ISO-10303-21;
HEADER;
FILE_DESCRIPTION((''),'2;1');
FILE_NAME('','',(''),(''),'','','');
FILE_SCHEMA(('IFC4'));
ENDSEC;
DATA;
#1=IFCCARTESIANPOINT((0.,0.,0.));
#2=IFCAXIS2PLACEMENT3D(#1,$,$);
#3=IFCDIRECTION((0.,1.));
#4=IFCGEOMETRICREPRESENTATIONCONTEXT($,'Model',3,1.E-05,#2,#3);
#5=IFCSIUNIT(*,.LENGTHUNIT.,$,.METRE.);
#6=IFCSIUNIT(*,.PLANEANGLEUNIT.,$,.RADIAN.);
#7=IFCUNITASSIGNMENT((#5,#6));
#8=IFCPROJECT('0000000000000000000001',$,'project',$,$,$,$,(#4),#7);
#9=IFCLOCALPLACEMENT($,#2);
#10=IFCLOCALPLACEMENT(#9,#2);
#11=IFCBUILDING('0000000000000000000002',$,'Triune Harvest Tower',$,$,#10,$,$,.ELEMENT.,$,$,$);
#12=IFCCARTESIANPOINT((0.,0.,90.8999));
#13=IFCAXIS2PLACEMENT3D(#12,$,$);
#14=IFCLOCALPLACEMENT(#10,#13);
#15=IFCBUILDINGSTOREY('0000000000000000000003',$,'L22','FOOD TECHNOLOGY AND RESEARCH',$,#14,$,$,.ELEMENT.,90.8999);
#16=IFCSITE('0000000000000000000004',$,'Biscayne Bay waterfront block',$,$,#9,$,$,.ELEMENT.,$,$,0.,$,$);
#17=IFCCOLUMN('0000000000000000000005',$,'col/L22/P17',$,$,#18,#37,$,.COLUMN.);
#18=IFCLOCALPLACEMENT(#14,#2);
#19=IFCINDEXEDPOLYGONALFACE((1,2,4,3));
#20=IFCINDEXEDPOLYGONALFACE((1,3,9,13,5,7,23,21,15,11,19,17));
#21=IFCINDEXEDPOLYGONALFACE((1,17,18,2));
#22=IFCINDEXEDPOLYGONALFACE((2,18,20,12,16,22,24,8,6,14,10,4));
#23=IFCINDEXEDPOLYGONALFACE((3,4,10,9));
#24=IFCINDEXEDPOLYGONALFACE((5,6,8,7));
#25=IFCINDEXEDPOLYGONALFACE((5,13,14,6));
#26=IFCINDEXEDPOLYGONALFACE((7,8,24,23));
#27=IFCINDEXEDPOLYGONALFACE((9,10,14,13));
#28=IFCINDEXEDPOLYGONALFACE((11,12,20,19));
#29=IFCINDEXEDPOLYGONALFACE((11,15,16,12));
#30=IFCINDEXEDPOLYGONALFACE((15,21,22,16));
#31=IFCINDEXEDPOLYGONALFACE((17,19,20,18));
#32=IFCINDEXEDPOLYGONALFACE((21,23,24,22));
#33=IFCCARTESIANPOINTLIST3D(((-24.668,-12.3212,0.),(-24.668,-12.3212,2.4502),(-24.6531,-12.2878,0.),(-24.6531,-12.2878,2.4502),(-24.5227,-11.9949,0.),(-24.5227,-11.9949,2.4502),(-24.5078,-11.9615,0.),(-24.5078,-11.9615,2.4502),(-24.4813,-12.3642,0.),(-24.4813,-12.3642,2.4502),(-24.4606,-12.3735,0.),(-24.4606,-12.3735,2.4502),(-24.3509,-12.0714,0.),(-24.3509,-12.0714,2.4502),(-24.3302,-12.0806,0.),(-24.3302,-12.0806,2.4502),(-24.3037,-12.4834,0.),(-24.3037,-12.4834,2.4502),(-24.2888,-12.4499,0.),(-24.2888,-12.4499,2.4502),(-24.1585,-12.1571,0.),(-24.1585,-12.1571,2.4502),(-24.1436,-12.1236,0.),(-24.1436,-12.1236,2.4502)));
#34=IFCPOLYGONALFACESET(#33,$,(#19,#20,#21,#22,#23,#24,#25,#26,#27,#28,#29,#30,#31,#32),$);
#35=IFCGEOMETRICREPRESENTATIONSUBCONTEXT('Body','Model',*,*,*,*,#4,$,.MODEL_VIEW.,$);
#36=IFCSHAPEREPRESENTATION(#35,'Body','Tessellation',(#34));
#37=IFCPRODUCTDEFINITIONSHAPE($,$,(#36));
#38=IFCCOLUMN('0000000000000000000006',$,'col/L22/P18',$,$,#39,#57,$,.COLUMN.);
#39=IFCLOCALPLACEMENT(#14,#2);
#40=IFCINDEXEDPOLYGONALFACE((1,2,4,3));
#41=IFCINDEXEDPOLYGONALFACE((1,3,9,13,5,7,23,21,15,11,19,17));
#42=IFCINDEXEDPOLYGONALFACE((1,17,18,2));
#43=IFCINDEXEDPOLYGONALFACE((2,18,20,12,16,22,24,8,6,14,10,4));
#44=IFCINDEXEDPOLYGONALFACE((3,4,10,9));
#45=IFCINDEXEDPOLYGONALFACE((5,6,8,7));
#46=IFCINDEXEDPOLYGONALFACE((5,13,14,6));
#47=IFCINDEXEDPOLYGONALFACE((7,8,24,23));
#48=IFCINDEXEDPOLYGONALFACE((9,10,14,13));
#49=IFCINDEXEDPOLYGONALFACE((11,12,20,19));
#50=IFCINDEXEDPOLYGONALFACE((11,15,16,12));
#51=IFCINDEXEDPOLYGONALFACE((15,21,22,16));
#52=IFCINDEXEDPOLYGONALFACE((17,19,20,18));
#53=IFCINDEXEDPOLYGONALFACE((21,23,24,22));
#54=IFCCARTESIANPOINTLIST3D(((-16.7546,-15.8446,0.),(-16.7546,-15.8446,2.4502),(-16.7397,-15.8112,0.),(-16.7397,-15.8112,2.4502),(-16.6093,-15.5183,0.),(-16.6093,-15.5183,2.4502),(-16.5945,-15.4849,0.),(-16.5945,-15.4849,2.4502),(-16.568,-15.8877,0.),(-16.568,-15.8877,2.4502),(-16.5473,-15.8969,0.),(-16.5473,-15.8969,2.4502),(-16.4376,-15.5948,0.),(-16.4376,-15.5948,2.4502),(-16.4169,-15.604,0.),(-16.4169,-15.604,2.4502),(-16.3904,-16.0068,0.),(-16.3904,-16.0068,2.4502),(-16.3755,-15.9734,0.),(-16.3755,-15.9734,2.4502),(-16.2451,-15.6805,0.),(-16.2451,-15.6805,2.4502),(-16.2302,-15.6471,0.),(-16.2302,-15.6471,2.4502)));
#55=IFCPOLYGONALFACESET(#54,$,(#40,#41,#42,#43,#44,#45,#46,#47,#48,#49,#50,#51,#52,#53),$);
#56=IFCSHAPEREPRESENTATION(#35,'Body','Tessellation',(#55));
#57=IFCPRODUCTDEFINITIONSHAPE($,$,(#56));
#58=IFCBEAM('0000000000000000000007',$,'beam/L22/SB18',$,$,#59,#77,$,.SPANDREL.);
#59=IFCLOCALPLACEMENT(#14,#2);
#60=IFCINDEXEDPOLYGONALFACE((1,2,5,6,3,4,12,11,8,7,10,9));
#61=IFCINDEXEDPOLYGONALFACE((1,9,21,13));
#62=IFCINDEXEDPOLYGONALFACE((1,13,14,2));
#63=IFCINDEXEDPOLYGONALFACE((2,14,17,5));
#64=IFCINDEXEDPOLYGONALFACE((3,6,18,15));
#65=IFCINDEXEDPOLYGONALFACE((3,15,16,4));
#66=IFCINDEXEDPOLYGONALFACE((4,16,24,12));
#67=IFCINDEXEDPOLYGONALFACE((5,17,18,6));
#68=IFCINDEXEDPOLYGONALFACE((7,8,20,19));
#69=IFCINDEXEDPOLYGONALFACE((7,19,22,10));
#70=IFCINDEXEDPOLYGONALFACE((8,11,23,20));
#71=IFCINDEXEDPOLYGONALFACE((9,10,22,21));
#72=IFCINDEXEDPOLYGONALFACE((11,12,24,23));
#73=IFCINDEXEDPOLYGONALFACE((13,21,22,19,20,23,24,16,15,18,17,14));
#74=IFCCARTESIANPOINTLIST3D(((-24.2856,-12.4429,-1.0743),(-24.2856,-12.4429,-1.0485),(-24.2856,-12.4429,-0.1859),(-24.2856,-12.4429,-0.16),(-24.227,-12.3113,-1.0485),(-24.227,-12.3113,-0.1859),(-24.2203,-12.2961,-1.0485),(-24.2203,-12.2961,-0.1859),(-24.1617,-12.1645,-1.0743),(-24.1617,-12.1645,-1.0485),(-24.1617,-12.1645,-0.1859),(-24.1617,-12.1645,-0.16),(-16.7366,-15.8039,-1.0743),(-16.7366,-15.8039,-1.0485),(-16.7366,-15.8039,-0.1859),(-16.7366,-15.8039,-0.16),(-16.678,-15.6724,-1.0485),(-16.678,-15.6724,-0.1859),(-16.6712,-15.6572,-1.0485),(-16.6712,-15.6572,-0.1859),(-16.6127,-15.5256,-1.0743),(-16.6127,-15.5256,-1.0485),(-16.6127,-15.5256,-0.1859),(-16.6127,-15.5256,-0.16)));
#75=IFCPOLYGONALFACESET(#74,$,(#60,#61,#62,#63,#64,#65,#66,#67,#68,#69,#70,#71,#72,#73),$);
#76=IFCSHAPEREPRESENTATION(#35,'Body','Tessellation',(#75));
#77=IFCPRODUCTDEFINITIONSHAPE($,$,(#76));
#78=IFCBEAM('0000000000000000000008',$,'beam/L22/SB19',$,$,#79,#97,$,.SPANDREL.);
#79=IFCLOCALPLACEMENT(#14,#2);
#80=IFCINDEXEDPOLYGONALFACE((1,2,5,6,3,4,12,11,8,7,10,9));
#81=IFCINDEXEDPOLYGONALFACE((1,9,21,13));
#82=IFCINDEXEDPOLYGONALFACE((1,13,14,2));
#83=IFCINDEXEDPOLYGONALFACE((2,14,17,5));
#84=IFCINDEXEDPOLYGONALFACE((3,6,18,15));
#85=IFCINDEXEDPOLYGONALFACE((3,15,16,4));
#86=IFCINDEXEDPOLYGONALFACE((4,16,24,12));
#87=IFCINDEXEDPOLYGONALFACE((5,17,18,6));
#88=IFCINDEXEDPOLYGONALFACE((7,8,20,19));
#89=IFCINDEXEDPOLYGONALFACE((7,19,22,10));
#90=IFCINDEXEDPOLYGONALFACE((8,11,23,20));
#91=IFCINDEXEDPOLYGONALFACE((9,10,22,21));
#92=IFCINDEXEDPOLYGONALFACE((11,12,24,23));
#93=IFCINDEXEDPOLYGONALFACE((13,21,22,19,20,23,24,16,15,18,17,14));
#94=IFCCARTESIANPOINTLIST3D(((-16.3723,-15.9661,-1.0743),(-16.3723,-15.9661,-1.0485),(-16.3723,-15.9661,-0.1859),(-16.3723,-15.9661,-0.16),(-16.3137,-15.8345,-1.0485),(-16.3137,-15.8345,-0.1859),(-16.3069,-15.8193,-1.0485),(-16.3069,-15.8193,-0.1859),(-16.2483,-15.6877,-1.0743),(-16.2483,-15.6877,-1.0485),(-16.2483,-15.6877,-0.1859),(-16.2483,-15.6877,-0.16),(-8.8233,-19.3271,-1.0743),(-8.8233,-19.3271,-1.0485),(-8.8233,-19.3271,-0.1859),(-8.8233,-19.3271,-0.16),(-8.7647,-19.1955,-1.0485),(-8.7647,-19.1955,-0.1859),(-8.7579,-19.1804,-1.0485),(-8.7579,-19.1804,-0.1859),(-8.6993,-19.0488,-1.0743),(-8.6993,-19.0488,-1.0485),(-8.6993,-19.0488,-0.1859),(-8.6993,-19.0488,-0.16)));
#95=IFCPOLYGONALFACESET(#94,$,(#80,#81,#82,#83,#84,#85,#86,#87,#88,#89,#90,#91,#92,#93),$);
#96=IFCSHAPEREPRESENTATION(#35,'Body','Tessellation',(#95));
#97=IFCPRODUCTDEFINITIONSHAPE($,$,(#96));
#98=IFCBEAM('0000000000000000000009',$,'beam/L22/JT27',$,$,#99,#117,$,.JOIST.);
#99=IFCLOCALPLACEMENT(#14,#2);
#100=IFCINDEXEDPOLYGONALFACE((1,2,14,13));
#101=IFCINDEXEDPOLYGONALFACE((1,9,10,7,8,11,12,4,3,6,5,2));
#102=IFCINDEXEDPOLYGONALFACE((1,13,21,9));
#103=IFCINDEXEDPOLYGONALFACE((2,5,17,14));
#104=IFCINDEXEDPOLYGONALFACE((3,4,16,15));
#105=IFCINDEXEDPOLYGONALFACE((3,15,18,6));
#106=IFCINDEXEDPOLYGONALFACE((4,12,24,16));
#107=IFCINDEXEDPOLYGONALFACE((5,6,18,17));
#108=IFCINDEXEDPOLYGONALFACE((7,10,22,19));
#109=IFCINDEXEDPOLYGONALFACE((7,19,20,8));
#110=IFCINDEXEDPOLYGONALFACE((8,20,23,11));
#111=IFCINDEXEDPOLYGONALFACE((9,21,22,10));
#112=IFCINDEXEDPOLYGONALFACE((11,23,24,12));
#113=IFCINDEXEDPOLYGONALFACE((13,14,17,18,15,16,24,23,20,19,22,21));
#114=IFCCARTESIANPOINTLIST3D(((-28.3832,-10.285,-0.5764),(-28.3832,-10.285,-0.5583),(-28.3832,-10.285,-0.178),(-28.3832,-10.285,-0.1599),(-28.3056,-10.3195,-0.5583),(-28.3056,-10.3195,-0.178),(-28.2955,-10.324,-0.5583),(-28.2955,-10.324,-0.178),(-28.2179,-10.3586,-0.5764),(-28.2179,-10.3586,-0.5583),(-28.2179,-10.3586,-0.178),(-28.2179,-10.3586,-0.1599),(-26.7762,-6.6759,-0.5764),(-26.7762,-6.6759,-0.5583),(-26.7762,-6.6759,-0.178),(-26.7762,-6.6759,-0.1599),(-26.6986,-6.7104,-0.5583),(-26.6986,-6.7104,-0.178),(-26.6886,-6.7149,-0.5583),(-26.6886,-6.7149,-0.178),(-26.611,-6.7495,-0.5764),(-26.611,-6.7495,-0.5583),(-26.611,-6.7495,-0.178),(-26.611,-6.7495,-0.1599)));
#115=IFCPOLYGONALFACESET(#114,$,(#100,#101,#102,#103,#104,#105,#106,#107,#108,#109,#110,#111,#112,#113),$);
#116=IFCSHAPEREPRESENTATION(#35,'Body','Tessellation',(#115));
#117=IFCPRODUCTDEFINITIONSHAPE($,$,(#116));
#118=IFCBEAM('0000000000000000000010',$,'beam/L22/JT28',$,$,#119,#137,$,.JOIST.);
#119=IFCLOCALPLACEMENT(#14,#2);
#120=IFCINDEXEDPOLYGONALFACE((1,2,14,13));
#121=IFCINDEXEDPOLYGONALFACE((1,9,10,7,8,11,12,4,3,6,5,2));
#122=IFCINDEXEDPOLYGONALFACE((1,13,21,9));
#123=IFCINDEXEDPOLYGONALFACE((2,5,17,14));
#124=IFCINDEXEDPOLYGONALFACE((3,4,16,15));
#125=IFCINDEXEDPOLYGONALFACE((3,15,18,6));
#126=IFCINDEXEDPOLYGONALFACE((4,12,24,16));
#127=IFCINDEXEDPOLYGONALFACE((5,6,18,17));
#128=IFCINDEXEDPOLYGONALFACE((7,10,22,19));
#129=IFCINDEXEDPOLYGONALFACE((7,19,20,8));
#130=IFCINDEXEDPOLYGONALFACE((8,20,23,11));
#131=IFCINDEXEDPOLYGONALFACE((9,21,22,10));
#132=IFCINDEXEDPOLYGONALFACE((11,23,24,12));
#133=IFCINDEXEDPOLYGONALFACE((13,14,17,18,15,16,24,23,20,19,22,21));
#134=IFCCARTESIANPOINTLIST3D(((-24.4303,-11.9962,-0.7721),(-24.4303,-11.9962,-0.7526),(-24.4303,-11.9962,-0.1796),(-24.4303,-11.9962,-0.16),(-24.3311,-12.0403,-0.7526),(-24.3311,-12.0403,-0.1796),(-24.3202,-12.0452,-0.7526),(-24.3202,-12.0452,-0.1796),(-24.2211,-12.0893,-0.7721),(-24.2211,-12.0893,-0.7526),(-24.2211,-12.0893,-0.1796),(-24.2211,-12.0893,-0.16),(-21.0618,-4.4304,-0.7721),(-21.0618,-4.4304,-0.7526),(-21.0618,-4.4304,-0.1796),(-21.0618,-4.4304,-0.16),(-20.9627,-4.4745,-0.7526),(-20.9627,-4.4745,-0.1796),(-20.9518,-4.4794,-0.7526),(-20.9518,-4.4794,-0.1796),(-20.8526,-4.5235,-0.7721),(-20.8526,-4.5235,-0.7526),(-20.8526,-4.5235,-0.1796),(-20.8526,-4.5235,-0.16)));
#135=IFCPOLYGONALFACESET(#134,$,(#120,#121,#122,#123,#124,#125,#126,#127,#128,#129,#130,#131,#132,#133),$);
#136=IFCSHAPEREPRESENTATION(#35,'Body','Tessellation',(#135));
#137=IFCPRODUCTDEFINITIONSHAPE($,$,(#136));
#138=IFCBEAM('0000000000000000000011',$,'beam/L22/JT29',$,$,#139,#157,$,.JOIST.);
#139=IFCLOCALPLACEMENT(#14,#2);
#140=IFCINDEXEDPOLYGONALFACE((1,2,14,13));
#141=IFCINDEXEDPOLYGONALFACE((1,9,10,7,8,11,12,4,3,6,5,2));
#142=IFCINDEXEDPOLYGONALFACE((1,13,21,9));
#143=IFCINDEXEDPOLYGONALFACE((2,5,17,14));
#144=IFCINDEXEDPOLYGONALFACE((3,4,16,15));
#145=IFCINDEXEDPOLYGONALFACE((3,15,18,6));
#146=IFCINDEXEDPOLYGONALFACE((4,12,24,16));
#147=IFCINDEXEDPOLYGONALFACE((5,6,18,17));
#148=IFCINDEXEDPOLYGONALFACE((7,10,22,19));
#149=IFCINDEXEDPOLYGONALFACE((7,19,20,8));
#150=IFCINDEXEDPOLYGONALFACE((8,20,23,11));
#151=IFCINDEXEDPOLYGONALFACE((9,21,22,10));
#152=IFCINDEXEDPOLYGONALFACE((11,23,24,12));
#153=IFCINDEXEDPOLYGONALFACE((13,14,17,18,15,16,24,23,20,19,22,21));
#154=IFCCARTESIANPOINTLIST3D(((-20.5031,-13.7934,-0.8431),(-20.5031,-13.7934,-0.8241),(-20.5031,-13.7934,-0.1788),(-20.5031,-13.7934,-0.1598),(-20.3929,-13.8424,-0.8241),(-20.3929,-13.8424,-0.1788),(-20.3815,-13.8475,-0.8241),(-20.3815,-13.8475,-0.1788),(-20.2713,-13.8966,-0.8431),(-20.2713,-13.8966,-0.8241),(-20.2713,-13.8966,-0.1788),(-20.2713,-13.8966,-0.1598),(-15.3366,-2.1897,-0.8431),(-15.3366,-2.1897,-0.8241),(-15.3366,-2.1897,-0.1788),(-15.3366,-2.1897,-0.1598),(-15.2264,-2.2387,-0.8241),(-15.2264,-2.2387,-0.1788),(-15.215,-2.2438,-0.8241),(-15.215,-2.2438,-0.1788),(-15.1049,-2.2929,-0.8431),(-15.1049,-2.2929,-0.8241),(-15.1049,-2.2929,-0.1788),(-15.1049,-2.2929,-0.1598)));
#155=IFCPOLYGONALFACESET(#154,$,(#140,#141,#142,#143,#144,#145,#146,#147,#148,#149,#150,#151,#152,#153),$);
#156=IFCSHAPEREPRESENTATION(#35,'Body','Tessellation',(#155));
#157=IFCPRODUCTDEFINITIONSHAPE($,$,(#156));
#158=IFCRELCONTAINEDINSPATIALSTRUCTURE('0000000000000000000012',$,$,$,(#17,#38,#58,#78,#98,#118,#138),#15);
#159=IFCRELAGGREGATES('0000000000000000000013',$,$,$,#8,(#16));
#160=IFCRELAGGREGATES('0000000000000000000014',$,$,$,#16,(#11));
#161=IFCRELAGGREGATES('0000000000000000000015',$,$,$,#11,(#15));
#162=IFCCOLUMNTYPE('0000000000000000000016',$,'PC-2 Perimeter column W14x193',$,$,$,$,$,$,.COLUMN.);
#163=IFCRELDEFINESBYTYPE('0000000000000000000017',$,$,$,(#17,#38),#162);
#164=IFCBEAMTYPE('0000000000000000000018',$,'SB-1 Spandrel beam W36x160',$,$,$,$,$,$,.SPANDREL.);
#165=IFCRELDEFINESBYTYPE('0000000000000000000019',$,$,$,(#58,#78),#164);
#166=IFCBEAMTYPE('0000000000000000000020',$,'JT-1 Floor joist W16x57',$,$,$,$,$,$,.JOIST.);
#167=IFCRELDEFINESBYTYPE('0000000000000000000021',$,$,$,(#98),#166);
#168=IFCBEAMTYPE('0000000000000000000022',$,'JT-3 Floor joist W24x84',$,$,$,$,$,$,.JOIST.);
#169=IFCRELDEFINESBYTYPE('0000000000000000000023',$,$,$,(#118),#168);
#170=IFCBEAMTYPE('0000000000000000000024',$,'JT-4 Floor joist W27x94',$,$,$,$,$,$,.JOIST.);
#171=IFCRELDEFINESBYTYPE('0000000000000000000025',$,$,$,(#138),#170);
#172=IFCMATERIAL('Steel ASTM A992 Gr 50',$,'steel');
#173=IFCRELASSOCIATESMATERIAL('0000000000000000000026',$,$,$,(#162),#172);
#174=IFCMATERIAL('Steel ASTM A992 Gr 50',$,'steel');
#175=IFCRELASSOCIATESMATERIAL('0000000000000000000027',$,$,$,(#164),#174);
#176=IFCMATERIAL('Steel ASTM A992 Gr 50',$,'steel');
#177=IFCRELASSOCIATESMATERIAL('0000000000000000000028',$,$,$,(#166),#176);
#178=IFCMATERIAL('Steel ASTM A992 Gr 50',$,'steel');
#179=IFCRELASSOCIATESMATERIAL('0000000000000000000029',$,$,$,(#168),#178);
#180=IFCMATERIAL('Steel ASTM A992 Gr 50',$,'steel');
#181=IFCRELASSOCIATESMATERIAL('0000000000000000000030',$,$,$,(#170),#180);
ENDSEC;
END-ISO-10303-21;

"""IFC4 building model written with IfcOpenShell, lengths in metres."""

from ifc_helpers import new_model, si_unit, direction, frame, origin, origin_2d, place, context, subcontext, project, spatial, i_section, extrude, source, transform, mapped, material, material_profile, profile_set, type_object, element, save


model = new_model("IFC4")

# Units and contexts
model_context = context("Model", 3, precision=1e-05, world=origin(), true_north=direction((0.0, 1.0)))
body_context = subcontext(model_context, "Body", "Model", "MODEL_VIEW")
ifc_project = project(units=[si_unit("LENGTHUNIT", "METRE"), si_unit("PLANEANGLEUNIT", "RADIAN")], contexts=[model_context])

# Site, building, storey
site_placement = place(None, origin())
site = spatial("IfcSite", under=ifc_project, at=site_placement, Name="Biscayne Bay waterfront block", CompositionType="ELEMENT", RefElevation=0.0)
building_placement = place(site_placement, origin())
building = spatial("IfcBuilding", under=site, at=building_placement, Name="Triune Harvest Tower", CompositionType="ELEMENT")
storey_placement = place(building_placement, frame((0.0, 0.0, 90.8999)))
storey = spatial("IfcBuildingStorey", under=building, at=storey_placement, Name="L22", Description="FOOD TECHNOLOGY AND RESEARCH", CompositionType="ELEMENT", Elevation=90.8999)

# Columns
ifc_material_1 = material(Name="Steel ASTM A992 Gr 50", Category="steel")
ifc_material_profile_1 = material_profile(ifc_material_1, i_section(OverallWidth=0.3987, OverallDepth=0.3938, WebThickness=0.0227, FlangeThickness=0.0366, at=origin_2d()), Name="W14x193")
ifc_profile_set_1 = profile_set([ifc_material_profile_1], Name="Steel ASTM A992 Gr 50")
column_type = type_object("IfcColumnType", Name="PC-2 Perimeter column W14x193", PredefinedType="COLUMN", material=ifc_profile_set_1)
shared_shape_1 = source(origin(), body_context, "Body", "SweptSolid", [
    extrude(i_section(OverallWidth=0.3987, OverallDepth=0.3938, WebThickness=0.0227, FlangeThickness=0.0366, at=origin_2d()), origin(), (0.0, 0.0, 1.0), 2.4502),
])
for number, where, z_axis, x_axis, name in (
    (1, (-24.4058, -12.2224, 0.0), (0.0, 0.0, 1.0), (0.913545, -0.406737, 0.0), "col/L22/P17"),
    (2, (-16.4924, -15.7458, 0.0), (0.0, 0.0, 1.0), (0.913545, -0.406737, 0.0), "col/L22/P18"),
):
    element("IfcColumn", number, at=place(storey_placement, frame(where, z_axis=z_axis, x_axis=x_axis)), inside=storey, type_object=column_type, Name=name, PredefinedType="COLUMN", context=body_context, shape_type="MappedRepresentation", body=[
        mapped(shared_shape_1, transform((0.0, 0.0, 0.0), scale=1.0)),
    ])

# Beams
ifc_material_2 = material(Name="Steel ASTM A992 Gr 50", Category="steel")
ifc_material_profile_2 = material_profile(ifc_material_2, i_section(OverallWidth=0.3047, OverallDepth=0.9143, WebThickness=0.0166, FlangeThickness=0.0259, at=origin_2d()), Name="W36x160")
ifc_profile_set_2 = profile_set([ifc_material_profile_2], Name="Steel ASTM A992 Gr 50")
beam_type_1 = type_object("IfcBeamType", Name="SB-1 Spandrel beam W36x160", PredefinedType="SPANDREL", material=ifc_profile_set_2)
shared_shape_2 = source(origin(), body_context, "Body", "SweptSolid", [
    extrude(i_section(OverallWidth=0.3047, OverallDepth=0.9143, WebThickness=0.0166, FlangeThickness=0.0259, at=origin_2d()), origin(), (0.0, 0.0, 1.0), 8.2634),
])
for number, where, z_axis, x_axis, name in (
    (3, (-24.2236, -12.3037, -0.6172), (0.913545, -0.406739, 0.0), (0.406739, 0.913545, 0.0), "beam/L22/SB18"),
    (4, (-16.3103, -15.8269, -0.6172), (0.913545, -0.406739, 0.0), (0.406739, 0.913545, 0.0), "beam/L22/SB19"),
):
    element("IfcBeam", number, at=place(storey_placement, frame(where, z_axis=z_axis, x_axis=x_axis)), inside=storey, type_object=beam_type_1, Name=name, PredefinedType="SPANDREL", context=body_context, shape_type="MappedRepresentation", body=[
        mapped(shared_shape_2, transform((0.0, 0.0, 0.0), scale=1.0)),
    ])
ifc_material_3 = material(Name="Steel ASTM A992 Gr 50", Category="steel")
ifc_material_profile_3 = material_profile(ifc_material_3, i_section(OverallWidth=0.1809, OverallDepth=0.4165, WebThickness=0.011, FlangeThickness=0.0181, at=origin_2d()), Name="W16x57")
ifc_profile_set_3 = profile_set([ifc_material_profile_3], Name="Steel ASTM A992 Gr 50")
beam_type_2 = type_object("IfcBeamType", Name="JT-1 Floor joist W16x57", PredefinedType="JOIST", material=ifc_profile_set_3)
shared_shape_3 = source(origin(), body_context, "Body", "SweptSolid", [
    extrude(i_section(OverallWidth=0.1809, OverallDepth=0.4165, WebThickness=0.011, FlangeThickness=0.0181, at=origin_2d()), origin(), (0.0, 0.0, 1.0), 3.9507),
])
beam_1_placement = place(storey_placement, frame((-28.3005, -10.3218, -0.3682), z_axis=(0.406746, 0.913541, 0.0), x_axis=(-0.913541, 0.406746, 0.0)))
element("IfcBeam", 5, at=beam_1_placement, inside=storey, type_object=beam_type_2, Name="beam/L22/JT27", PredefinedType="JOIST", context=body_context, shape_type="MappedRepresentation", body=[
    mapped(shared_shape_3, transform((0.0, 0.0, 0.0), scale=1.0)),
])
ifc_material_4 = material(Name="Steel ASTM A992 Gr 50", Category="steel")
ifc_material_profile_4 = material_profile(ifc_material_4, i_section(OverallWidth=0.229, OverallDepth=0.6121, WebThickness=0.012, FlangeThickness=0.0195, at=origin_2d()), Name="W24x84")
ifc_profile_set_4 = profile_set([ifc_material_profile_4], Name="Steel ASTM A992 Gr 50")
beam_type_3 = type_object("IfcBeamType", Name="JT-3 Floor joist W24x84", PredefinedType="JOIST", material=ifc_profile_set_4)
shared_shape_4 = source(origin(), body_context, "Body", "SweptSolid", [
    extrude(i_section(OverallWidth=0.229, OverallDepth=0.6121, WebThickness=0.012, FlangeThickness=0.0195, at=origin_2d()), origin(), (0.0, 0.0, 1.0), 8.2817),
])
beam_2_placement = place(storey_placement, frame((-24.3257, -12.0427, -0.4661), z_axis=(0.406732, 0.913548, 0.0), x_axis=(-0.913548, 0.406732, 0.0)))
element("IfcBeam", 6, at=beam_2_placement, inside=storey, type_object=beam_type_3, Name="beam/L22/JT28", PredefinedType="JOIST", context=body_context, shape_type="MappedRepresentation", body=[
    mapped(shared_shape_4, transform((0.0, 0.0, 0.0), scale=1.0)),
])
ifc_material_5 = material(Name="Steel ASTM A992 Gr 50", Category="steel")
ifc_material_profile_5 = material_profile(ifc_material_5, i_section(OverallWidth=0.2537, OverallDepth=0.6833, WebThickness=0.0125, FlangeThickness=0.019, at=origin_2d()), Name="W27x94")
ifc_profile_set_5 = profile_set([ifc_material_profile_5], Name="Steel ASTM A992 Gr 50")
beam_type_4 = type_object("IfcBeamType", Name="JT-4 Floor joist W27x94", PredefinedType="JOIST", material=ifc_profile_set_5)
shared_shape_5 = source(origin(), body_context, "Body", "SweptSolid", [
    extrude(i_section(OverallWidth=0.2537, OverallDepth=0.6833, WebThickness=0.0125, FlangeThickness=0.019, at=origin_2d()), origin(), (0.0, 0.0, 1.0), 12.7019),
])
beam_3_placement = place(storey_placement, frame((-20.3872, -13.845, -0.5015), z_axis=(0.406748, 0.91354, 0.0), x_axis=(-0.91354, 0.406748, 0.0)))
element("IfcBeam", 7, at=beam_3_placement, inside=storey, type_object=beam_type_4, Name="beam/L22/JT29", PredefinedType="JOIST", context=body_context, shape_type="MappedRepresentation", body=[
    mapped(shared_shape_5, transform((0.0, 0.0, 0.0), scale=1.0)),
])

save(model, "model.ifc")
